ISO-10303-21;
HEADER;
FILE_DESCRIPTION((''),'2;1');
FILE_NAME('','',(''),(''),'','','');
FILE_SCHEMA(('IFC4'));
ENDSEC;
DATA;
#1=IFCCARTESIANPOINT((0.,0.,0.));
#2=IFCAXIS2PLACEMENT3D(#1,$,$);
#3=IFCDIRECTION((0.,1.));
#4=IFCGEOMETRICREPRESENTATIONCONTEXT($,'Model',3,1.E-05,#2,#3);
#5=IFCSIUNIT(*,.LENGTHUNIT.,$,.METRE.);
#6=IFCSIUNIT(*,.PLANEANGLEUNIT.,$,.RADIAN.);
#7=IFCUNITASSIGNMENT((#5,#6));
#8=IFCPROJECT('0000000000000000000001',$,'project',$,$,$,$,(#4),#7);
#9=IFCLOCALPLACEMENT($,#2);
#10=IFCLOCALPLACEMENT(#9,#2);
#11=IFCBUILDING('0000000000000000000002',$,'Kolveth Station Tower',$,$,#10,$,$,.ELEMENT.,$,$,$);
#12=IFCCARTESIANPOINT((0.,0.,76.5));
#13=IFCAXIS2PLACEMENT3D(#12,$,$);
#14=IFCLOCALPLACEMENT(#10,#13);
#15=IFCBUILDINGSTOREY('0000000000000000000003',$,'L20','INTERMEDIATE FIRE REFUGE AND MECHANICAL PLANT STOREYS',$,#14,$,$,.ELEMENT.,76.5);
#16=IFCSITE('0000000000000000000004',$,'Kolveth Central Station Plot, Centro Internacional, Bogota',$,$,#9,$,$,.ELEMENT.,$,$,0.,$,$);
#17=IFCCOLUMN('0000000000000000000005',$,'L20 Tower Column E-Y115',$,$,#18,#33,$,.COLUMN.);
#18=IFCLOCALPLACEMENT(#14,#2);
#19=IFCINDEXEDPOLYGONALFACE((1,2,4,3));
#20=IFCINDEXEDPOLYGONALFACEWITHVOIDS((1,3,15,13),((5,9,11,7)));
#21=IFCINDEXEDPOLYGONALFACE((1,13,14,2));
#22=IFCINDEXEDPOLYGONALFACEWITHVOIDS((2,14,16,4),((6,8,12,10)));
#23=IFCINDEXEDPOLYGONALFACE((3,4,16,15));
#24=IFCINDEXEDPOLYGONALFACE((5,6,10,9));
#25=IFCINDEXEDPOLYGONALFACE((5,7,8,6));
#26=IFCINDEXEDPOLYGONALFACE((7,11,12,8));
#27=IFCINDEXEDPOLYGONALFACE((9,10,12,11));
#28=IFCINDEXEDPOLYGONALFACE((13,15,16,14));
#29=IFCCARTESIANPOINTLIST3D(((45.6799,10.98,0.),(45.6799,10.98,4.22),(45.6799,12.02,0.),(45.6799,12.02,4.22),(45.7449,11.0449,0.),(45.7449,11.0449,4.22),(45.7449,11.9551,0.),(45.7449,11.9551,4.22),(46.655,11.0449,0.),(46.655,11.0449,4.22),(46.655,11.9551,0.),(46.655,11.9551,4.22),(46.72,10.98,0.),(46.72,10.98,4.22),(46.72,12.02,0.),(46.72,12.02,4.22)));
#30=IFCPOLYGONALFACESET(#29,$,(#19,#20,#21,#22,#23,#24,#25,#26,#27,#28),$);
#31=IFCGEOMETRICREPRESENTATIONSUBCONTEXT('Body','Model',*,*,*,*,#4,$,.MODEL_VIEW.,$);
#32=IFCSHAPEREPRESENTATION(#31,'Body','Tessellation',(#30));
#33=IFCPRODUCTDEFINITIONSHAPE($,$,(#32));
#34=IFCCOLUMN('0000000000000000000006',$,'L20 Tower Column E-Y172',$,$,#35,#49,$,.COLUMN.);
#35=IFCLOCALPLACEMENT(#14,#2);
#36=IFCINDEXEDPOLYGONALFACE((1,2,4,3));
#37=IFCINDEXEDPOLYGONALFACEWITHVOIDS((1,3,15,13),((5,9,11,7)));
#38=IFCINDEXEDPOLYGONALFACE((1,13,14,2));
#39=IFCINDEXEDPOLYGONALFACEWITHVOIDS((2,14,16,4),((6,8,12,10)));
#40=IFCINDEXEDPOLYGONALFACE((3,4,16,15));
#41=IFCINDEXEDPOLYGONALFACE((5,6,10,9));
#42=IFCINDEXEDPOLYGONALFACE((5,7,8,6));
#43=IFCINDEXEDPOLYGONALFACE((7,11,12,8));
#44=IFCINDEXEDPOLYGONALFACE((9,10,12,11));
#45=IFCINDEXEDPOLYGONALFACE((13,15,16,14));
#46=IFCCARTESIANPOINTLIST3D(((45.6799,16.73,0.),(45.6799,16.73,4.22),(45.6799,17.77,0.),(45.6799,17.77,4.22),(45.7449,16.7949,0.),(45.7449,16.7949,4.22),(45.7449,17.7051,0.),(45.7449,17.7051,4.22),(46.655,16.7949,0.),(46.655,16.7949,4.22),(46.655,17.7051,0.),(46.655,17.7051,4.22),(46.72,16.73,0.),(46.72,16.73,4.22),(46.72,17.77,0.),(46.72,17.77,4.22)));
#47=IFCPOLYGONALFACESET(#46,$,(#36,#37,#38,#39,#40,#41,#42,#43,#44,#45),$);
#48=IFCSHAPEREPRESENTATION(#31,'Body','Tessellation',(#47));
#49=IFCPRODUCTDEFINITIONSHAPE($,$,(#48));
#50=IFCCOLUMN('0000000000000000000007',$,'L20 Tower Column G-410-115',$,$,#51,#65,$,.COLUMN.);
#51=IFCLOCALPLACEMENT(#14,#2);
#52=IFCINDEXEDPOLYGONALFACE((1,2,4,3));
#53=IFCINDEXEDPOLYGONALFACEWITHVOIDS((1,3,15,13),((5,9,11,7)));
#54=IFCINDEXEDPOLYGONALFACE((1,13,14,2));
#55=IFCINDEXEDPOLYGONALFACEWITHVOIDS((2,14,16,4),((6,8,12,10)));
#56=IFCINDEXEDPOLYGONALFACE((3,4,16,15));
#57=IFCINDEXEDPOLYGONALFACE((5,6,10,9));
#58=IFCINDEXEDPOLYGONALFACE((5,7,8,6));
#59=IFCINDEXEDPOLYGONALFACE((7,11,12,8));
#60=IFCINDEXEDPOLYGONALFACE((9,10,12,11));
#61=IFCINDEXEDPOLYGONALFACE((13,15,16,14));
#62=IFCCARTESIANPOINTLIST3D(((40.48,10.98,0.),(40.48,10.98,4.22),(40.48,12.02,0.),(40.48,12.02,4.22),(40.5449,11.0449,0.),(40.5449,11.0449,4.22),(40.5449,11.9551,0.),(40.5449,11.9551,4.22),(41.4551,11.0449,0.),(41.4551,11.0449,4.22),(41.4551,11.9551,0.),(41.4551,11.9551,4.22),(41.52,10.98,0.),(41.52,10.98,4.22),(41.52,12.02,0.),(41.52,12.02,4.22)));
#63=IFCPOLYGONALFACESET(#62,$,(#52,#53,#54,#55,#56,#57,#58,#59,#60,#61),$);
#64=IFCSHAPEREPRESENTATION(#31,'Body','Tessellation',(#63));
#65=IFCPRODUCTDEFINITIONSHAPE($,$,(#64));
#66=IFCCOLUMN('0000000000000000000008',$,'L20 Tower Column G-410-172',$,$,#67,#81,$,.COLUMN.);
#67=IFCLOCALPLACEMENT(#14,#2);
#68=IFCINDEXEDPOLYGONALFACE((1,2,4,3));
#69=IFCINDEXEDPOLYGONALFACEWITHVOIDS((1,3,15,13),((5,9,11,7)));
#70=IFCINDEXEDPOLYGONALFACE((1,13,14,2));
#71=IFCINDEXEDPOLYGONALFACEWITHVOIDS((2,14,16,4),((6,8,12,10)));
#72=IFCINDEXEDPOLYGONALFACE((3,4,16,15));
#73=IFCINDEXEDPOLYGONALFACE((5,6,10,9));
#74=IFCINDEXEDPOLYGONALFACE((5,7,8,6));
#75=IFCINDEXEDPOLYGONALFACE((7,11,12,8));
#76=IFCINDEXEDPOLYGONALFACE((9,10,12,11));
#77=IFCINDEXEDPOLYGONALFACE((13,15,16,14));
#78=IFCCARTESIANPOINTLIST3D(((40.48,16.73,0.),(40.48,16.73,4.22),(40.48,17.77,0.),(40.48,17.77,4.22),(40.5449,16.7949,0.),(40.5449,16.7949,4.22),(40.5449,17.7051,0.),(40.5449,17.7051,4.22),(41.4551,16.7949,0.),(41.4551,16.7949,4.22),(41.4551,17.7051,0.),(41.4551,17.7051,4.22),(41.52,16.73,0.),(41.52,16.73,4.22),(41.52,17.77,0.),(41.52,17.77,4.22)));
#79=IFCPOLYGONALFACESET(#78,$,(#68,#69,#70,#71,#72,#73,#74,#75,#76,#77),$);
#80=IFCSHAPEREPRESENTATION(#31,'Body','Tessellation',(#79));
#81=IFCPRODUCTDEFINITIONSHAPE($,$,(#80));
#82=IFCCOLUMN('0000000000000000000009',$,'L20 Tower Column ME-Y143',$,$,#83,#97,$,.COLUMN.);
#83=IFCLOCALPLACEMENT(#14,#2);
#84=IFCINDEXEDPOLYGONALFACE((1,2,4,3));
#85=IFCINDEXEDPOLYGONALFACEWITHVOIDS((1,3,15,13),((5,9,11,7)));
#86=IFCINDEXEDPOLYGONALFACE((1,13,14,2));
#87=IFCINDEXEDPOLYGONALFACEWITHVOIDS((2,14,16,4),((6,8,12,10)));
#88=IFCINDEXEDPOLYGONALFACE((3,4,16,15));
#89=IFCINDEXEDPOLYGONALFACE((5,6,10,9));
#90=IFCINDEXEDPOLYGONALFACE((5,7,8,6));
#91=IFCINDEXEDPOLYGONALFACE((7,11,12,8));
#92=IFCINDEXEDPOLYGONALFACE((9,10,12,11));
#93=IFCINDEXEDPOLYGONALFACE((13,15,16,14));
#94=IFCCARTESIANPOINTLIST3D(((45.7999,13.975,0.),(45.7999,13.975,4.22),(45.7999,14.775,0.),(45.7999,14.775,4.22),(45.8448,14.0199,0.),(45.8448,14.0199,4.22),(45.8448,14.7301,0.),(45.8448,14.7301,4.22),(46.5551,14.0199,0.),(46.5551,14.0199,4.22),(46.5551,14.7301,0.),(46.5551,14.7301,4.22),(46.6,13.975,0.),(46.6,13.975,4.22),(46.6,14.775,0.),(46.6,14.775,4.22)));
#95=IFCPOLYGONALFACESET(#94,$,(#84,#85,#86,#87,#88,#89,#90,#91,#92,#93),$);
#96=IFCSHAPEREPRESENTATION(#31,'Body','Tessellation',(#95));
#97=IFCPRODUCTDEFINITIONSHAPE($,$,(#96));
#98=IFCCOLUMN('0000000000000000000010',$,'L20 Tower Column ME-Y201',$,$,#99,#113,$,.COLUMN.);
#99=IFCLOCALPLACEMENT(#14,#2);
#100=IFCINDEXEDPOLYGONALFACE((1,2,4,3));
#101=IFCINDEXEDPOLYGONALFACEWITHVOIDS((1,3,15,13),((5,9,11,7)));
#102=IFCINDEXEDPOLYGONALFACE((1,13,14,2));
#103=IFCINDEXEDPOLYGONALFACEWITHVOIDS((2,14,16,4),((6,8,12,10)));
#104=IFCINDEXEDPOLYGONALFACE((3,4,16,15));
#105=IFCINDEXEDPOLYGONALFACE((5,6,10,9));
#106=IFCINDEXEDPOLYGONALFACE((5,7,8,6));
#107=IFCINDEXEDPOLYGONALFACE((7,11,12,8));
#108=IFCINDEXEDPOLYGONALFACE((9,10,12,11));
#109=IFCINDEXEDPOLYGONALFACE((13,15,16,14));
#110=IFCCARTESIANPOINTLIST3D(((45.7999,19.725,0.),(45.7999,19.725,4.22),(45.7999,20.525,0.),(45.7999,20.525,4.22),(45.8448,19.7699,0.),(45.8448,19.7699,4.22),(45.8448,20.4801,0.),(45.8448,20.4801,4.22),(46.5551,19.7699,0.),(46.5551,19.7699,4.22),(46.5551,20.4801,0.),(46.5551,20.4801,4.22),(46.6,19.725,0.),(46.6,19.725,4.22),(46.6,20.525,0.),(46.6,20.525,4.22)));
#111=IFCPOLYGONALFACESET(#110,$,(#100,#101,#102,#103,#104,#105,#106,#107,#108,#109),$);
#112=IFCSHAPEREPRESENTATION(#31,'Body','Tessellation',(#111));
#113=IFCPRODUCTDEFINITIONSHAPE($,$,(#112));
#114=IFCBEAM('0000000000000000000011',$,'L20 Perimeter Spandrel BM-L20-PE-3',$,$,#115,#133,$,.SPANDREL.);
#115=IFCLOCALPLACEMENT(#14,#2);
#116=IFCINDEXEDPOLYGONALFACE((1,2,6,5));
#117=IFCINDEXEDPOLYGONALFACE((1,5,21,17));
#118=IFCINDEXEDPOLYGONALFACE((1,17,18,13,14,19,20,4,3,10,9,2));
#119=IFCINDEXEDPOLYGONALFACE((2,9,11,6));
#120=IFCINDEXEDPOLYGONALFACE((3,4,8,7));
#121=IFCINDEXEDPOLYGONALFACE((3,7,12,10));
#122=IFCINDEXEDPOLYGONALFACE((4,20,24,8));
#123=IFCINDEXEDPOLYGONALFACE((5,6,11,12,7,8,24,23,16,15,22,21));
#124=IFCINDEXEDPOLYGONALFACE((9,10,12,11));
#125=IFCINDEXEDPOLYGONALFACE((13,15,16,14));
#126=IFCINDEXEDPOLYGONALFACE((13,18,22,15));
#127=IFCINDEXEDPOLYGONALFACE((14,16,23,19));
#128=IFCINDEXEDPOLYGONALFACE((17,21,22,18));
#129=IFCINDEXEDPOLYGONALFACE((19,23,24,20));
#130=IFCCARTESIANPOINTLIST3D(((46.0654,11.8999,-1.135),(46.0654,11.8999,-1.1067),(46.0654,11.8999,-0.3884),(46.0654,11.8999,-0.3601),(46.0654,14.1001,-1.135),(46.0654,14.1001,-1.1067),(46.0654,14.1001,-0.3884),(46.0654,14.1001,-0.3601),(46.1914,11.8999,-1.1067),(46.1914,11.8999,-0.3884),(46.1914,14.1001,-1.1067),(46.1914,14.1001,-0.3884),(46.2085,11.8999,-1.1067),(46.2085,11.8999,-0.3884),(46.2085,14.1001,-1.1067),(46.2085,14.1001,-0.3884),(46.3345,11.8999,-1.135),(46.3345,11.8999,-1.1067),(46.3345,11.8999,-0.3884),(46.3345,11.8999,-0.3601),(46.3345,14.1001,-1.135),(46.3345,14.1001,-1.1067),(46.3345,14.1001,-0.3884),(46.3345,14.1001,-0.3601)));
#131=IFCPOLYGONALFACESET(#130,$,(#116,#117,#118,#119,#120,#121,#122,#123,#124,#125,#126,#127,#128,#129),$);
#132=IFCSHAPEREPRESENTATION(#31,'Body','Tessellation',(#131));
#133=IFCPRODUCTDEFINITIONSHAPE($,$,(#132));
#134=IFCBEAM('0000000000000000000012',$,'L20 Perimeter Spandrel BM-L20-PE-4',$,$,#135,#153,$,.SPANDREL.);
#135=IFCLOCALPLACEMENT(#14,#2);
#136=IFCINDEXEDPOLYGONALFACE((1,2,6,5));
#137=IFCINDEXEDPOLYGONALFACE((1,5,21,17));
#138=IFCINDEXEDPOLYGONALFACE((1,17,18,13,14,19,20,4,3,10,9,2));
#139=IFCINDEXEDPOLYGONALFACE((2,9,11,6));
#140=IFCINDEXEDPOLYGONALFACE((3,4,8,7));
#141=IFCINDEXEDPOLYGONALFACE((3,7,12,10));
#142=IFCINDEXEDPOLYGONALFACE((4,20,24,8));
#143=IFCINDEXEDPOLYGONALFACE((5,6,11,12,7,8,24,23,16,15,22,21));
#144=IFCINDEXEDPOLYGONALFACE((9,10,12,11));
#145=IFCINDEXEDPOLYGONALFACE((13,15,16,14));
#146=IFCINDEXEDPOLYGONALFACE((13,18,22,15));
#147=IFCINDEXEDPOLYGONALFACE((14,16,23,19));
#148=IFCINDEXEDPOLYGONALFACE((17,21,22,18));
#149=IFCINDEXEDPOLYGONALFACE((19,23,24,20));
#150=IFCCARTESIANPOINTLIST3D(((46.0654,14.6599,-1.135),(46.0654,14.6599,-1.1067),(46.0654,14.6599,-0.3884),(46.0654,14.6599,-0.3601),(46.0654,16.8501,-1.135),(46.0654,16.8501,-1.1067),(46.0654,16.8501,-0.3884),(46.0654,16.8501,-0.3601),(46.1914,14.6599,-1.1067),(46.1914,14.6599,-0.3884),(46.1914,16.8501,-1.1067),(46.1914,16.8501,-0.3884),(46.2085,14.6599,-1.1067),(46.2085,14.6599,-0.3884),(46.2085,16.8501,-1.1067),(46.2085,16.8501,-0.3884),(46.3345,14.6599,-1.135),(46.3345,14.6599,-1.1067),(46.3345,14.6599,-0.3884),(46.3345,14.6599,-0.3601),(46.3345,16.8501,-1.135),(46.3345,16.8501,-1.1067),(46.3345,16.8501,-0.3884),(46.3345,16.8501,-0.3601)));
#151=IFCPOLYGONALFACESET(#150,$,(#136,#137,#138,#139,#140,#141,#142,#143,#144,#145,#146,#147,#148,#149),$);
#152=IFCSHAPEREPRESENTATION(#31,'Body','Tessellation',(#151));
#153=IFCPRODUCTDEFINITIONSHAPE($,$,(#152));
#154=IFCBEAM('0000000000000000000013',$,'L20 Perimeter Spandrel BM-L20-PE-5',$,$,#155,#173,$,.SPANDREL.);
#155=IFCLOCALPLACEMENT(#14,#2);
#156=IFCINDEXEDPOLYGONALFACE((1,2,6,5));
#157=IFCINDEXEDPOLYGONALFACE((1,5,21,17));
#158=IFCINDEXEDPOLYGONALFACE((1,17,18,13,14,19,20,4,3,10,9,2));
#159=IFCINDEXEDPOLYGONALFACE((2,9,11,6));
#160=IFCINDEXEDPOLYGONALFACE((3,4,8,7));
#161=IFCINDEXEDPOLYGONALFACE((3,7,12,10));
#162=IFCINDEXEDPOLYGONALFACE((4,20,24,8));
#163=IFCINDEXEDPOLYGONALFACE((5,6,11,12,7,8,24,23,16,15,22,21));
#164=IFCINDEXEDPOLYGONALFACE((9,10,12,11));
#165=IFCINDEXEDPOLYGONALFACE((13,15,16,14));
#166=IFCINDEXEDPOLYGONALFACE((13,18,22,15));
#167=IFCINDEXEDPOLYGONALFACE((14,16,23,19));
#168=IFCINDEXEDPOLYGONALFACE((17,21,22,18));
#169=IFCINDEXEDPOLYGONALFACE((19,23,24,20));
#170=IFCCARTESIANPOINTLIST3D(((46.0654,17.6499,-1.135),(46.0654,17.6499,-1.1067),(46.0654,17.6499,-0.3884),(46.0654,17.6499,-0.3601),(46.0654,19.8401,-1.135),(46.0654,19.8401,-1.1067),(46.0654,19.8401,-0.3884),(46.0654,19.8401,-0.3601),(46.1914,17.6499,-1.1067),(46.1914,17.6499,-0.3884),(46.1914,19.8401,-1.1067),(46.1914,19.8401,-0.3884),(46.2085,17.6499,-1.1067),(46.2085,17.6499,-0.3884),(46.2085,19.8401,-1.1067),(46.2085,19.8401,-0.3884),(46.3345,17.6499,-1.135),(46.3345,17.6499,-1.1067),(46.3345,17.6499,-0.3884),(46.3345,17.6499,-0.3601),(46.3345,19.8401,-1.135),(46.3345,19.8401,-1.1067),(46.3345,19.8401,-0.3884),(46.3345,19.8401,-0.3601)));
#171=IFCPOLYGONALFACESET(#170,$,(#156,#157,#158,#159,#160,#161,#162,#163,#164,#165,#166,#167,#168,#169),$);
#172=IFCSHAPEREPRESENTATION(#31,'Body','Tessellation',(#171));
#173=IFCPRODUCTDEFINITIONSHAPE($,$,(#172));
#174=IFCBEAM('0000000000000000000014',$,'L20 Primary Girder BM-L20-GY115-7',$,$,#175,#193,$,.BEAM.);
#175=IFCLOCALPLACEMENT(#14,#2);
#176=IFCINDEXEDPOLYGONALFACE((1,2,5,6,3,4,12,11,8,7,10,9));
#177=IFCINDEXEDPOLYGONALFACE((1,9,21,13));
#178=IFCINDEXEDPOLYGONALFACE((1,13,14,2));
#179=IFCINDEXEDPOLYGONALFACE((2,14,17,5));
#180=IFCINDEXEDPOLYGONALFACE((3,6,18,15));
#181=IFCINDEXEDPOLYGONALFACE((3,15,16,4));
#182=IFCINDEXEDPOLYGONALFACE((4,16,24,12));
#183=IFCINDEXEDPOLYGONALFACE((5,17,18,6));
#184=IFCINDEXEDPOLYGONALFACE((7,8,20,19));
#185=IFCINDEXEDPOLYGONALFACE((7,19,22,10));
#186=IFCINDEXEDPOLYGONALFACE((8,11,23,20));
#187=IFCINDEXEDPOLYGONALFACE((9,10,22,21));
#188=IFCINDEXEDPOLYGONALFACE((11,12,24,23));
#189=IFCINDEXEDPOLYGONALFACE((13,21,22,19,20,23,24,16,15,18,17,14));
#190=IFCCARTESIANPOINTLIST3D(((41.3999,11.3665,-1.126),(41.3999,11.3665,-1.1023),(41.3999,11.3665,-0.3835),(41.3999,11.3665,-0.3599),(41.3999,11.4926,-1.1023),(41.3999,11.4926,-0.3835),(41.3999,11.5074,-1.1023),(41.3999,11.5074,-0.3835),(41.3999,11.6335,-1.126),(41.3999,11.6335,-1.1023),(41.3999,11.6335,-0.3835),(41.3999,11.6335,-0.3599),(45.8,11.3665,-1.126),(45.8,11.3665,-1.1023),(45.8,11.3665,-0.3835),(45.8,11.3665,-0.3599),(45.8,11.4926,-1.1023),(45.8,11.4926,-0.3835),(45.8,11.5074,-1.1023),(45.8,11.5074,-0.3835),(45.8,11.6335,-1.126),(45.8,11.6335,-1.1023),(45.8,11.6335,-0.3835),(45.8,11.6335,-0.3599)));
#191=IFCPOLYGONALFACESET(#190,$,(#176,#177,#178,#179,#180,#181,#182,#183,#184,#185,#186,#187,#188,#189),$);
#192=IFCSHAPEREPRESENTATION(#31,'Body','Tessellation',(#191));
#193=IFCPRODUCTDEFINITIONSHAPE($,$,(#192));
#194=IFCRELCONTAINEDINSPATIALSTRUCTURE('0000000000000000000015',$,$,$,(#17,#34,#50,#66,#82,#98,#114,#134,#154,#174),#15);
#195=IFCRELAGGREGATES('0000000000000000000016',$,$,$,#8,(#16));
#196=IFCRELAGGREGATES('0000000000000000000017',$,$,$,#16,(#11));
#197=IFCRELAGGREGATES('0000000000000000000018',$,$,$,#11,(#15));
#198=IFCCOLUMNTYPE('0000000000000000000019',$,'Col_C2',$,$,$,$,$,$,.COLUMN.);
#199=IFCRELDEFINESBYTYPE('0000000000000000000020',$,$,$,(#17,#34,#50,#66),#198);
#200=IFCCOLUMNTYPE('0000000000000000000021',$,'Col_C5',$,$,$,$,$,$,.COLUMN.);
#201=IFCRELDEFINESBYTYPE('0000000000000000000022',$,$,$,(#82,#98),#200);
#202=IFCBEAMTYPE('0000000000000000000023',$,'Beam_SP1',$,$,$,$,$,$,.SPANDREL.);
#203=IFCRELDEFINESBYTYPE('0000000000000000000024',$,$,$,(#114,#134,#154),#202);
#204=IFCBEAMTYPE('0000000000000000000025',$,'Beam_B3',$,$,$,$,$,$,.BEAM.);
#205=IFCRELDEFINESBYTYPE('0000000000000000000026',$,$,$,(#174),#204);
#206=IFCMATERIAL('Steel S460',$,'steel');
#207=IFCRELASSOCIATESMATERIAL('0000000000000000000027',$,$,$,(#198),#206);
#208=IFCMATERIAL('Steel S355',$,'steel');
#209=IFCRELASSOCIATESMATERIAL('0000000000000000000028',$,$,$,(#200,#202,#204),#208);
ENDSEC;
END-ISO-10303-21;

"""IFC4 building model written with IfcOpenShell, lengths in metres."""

from ifc_helpers import new_model, si_unit, direction, frame, origin, origin_2d, place, context, subcontext, project, spatial, hollow_rectangle, i_section, extrude, source, transform, mapped, material, material_profile, profile_set, type_object, element, save


model = new_model("IFC4")

# Units and contexts
model_context = context("Model", 3, precision=1e-05, world=origin(), true_north=direction((0.0, 1.0)))
body_context = subcontext(model_context, "Body", "Model", "MODEL_VIEW")
ifc_project = project(units=[si_unit("LENGTHUNIT", "METRE"), si_unit("PLANEANGLEUNIT", "RADIAN")], contexts=[model_context])

# Site, building, storey
site_placement = place(None, origin())
site = spatial("IfcSite", under=ifc_project, at=site_placement, Name="Kolveth Central Station Plot, Centro Internacional, Bogota", CompositionType="ELEMENT", RefElevation=0.0)
building_placement = place(site_placement, origin())
building = spatial("IfcBuilding", under=site, at=building_placement, Name="Kolveth Station Tower", CompositionType="ELEMENT")
storey_placement = place(building_placement, frame((0.0, 0.0, 76.5)))
storey = spatial("IfcBuildingStorey", under=building, at=storey_placement, Name="L20", Description="INTERMEDIATE FIRE REFUGE AND MECHANICAL PLANT STOREYS", CompositionType="ELEMENT", Elevation=76.5)

# Columns
ifc_material_1 = material(Name="Steel S460", Category="steel")
ifc_material_profile_1 = material_profile(ifc_material_1, hollow_rectangle(XDim=1.04, YDim=1.04, WallThickness=0.0649, at=origin_2d()), Name="BOX1040x1040x65")
ifc_profile_set_1 = profile_set([ifc_material_profile_1], Name="Steel S460")
column_type_1 = type_object("IfcColumnType", Name="Col_C2", PredefinedType="COLUMN", material=ifc_profile_set_1)
shared_shape_1 = source(origin(), body_context, "Body", "SweptSolid", [
    extrude(hollow_rectangle(XDim=1.04, YDim=1.04, WallThickness=0.0649, at=origin_2d()), origin(), (0.0, 0.0, 1.0), 4.22),
])
for number, where, z_axis, x_axis, name in (
    (1, (46.2, 11.5, 0.0), (0.0, 0.0, 1.0), (1.0, 0.0, 0.0), "L20 Tower Column E-Y115"),
    (2, (46.2, 17.25, 0.0), (0.0, 0.0, 1.0), (1.0, 0.0, 0.0), "L20 Tower Column E-Y172"),
    (3, (41.0, 11.5, 0.0), (0.0, 0.0, 1.0), (1.0, 0.0, 0.0), "L20 Tower Column G-410-115"),
    (4, (41.0, 17.25, 0.0), (0.0, 0.0, 1.0), (1.0, 0.0, 0.0), "L20 Tower Column G-410-172"),
):
    element("IfcColumn", number, at=place(storey_placement, frame(where, z_axis=z_axis, x_axis=x_axis)), inside=storey, type_object=column_type_1, Name=name, PredefinedType="COLUMN", context=body_context, shape_type="MappedRepresentation", body=[
        mapped(shared_shape_1, transform((0.0, 0.0, 0.0), x_axis=(1.0, 0.0, 0.0), y_axis=(0.0, 1.0, 0.0), z_axis=(0.0, 0.0, 1.0), scale=1.0)),
    ])
ifc_material_2 = material(Name="Steel S355", Category="steel")
ifc_material_profile_2 = material_profile(ifc_material_2, hollow_rectangle(XDim=0.8, YDim=0.8, WallThickness=0.0449, at=origin_2d()), Name="BOX800x800x45")
ifc_profile_set_2 = profile_set([ifc_material_profile_2], Name="Steel S355")
column_type_2 = type_object("IfcColumnType", Name="Col_C5", PredefinedType="COLUMN", material=ifc_profile_set_2)
shared_shape_2 = source(origin(), body_context, "Body", "SweptSolid", [
    extrude(hollow_rectangle(XDim=0.8, YDim=0.8, WallThickness=0.0449, at=origin_2d()), origin(), (0.0, 0.0, 1.0), 4.22),
])
for number, where, z_axis, x_axis, name in (
    (5, (46.2, 14.375, 0.0), (0.0, 0.0, 1.0), (1.0, 0.0, 0.0), "L20 Tower Column ME-Y143"),
    (6, (46.2, 20.125, 0.0), (0.0, 0.0, 1.0), (1.0, 0.0, 0.0), "L20 Tower Column ME-Y201"),
):
    element("IfcColumn", number, at=place(storey_placement, frame(where, z_axis=z_axis, x_axis=x_axis)), inside=storey, type_object=column_type_2, Name=name, PredefinedType="COLUMN", context=body_context, shape_type="MappedRepresentation", body=[
        mapped(shared_shape_2, transform((0.0, 0.0, 0.0), x_axis=(1.0, 0.0, 0.0), y_axis=(0.0, 1.0, 0.0), z_axis=(0.0, 0.0, 1.0), scale=1.0)),
    ])

# Beams
ifc_material_profile_3 = material_profile(ifc_material_2, i_section(OverallWidth=0.269, OverallDepth=0.7749, WebThickness=0.0171, FlangeThickness=0.0283, at=origin_2d()), Name="W760x220")
ifc_profile_set_3 = profile_set([ifc_material_profile_3], Name="Steel S355")
beam_type_1 = type_object("IfcBeamType", Name="Beam_SP1", PredefinedType="SPANDREL", material=ifc_profile_set_3)
shared_shape_3 = source(origin(), body_context, "Body", "SweptSolid", [
    extrude(i_section(OverallWidth=0.269, OverallDepth=0.7749, WebThickness=0.0171, FlangeThickness=0.0283, at=origin_2d()), origin(), (0.0, 0.0, 1.0), 2.2002),
])
beam_1_placement = place(storey_placement, frame((46.2, 11.8999, -0.7476), z_axis=(0.0, 1.0, 0.0), x_axis=(-1.0, 0.0, 0.0)))
element("IfcBeam", 7, at=beam_1_placement, inside=storey, type_object=beam_type_1, Name="L20 Perimeter Spandrel BM-L20-PE-3", PredefinedType="SPANDREL", context=body_context, shape_type="MappedRepresentation", body=[
    mapped(shared_shape_3, transform((0.0, 0.0, 0.0), x_axis=(1.0, 0.0, 0.0), y_axis=(0.0, 1.0, 0.0), z_axis=(0.0, 0.0, 1.0), scale=1.0)),
])
shared_shape_4 = source(origin(), body_context, "Body", "SweptSolid", [
    extrude(i_section(OverallWidth=0.269, OverallDepth=0.7749, WebThickness=0.0171, FlangeThickness=0.0283, at=origin_2d()), origin(), (0.0, 0.0, 1.0), 2.1902),
])
for number, where, z_axis, x_axis, name in (
    (8, (46.2, 14.6599, -0.7476), (0.0, 1.0, 0.0), (-1.0, 0.0, 0.0), "L20 Perimeter Spandrel BM-L20-PE-4"),
    (9, (46.2, 17.6499, -0.7476), (0.0, 1.0, 0.0), (-1.0, 0.0, 0.0), "L20 Perimeter Spandrel BM-L20-PE-5"),
):
    element("IfcBeam", number, at=place(storey_placement, frame(where, z_axis=z_axis, x_axis=x_axis)), inside=storey, type_object=beam_type_1, Name=name, PredefinedType="SPANDREL", context=body_context, shape_type="MappedRepresentation", body=[
        mapped(shared_shape_4, transform((0.0, 0.0, 0.0), x_axis=(1.0, 0.0, 0.0), y_axis=(0.0, 1.0, 0.0), z_axis=(0.0, 0.0, 1.0), scale=1.0)),
    ])
ifc_material_profile_4 = material_profile(ifc_material_2, i_section(OverallWidth=0.2671, OverallDepth=0.7661, WebThickness=0.0149, FlangeThickness=0.0237, at=origin_2d()), Name="W760x185")
ifc_profile_set_4 = profile_set([ifc_material_profile_4], Name="Steel S355")
beam_type_2 = type_object("IfcBeamType", Name="Beam_B3", PredefinedType="BEAM", material=ifc_profile_set_4)
shared_shape_5 = source(origin(), body_context, "Body", "SweptSolid", [
    extrude(i_section(OverallWidth=0.2671, OverallDepth=0.7661, WebThickness=0.0149, FlangeThickness=0.0237, at=origin_2d()), origin(), (0.0, 0.0, 1.0), 4.4001),
])
for number, where, z_axis, x_axis, name in (
    (10, (41.3999, 11.5, -0.7429), (1.0, 0.0, 0.0), (0.0, 1.0, 0.0), "L20 Primary Girder BM-L20-GY115-7"),
):
    element("IfcBeam", number, at=place(storey_placement, frame(where, z_axis=z_axis, x_axis=x_axis)), inside=storey, type_object=beam_type_2, Name=name, PredefinedType="BEAM", context=body_context, shape_type="MappedRepresentation", body=[
        mapped(shared_shape_5, transform((0.0, 0.0, 0.0), x_axis=(1.0, 0.0, 0.0), y_axis=(0.0, 1.0, 0.0), z_axis=(0.0, 0.0, 1.0), scale=1.0)),
    ])

save(model, "model.ifc")
